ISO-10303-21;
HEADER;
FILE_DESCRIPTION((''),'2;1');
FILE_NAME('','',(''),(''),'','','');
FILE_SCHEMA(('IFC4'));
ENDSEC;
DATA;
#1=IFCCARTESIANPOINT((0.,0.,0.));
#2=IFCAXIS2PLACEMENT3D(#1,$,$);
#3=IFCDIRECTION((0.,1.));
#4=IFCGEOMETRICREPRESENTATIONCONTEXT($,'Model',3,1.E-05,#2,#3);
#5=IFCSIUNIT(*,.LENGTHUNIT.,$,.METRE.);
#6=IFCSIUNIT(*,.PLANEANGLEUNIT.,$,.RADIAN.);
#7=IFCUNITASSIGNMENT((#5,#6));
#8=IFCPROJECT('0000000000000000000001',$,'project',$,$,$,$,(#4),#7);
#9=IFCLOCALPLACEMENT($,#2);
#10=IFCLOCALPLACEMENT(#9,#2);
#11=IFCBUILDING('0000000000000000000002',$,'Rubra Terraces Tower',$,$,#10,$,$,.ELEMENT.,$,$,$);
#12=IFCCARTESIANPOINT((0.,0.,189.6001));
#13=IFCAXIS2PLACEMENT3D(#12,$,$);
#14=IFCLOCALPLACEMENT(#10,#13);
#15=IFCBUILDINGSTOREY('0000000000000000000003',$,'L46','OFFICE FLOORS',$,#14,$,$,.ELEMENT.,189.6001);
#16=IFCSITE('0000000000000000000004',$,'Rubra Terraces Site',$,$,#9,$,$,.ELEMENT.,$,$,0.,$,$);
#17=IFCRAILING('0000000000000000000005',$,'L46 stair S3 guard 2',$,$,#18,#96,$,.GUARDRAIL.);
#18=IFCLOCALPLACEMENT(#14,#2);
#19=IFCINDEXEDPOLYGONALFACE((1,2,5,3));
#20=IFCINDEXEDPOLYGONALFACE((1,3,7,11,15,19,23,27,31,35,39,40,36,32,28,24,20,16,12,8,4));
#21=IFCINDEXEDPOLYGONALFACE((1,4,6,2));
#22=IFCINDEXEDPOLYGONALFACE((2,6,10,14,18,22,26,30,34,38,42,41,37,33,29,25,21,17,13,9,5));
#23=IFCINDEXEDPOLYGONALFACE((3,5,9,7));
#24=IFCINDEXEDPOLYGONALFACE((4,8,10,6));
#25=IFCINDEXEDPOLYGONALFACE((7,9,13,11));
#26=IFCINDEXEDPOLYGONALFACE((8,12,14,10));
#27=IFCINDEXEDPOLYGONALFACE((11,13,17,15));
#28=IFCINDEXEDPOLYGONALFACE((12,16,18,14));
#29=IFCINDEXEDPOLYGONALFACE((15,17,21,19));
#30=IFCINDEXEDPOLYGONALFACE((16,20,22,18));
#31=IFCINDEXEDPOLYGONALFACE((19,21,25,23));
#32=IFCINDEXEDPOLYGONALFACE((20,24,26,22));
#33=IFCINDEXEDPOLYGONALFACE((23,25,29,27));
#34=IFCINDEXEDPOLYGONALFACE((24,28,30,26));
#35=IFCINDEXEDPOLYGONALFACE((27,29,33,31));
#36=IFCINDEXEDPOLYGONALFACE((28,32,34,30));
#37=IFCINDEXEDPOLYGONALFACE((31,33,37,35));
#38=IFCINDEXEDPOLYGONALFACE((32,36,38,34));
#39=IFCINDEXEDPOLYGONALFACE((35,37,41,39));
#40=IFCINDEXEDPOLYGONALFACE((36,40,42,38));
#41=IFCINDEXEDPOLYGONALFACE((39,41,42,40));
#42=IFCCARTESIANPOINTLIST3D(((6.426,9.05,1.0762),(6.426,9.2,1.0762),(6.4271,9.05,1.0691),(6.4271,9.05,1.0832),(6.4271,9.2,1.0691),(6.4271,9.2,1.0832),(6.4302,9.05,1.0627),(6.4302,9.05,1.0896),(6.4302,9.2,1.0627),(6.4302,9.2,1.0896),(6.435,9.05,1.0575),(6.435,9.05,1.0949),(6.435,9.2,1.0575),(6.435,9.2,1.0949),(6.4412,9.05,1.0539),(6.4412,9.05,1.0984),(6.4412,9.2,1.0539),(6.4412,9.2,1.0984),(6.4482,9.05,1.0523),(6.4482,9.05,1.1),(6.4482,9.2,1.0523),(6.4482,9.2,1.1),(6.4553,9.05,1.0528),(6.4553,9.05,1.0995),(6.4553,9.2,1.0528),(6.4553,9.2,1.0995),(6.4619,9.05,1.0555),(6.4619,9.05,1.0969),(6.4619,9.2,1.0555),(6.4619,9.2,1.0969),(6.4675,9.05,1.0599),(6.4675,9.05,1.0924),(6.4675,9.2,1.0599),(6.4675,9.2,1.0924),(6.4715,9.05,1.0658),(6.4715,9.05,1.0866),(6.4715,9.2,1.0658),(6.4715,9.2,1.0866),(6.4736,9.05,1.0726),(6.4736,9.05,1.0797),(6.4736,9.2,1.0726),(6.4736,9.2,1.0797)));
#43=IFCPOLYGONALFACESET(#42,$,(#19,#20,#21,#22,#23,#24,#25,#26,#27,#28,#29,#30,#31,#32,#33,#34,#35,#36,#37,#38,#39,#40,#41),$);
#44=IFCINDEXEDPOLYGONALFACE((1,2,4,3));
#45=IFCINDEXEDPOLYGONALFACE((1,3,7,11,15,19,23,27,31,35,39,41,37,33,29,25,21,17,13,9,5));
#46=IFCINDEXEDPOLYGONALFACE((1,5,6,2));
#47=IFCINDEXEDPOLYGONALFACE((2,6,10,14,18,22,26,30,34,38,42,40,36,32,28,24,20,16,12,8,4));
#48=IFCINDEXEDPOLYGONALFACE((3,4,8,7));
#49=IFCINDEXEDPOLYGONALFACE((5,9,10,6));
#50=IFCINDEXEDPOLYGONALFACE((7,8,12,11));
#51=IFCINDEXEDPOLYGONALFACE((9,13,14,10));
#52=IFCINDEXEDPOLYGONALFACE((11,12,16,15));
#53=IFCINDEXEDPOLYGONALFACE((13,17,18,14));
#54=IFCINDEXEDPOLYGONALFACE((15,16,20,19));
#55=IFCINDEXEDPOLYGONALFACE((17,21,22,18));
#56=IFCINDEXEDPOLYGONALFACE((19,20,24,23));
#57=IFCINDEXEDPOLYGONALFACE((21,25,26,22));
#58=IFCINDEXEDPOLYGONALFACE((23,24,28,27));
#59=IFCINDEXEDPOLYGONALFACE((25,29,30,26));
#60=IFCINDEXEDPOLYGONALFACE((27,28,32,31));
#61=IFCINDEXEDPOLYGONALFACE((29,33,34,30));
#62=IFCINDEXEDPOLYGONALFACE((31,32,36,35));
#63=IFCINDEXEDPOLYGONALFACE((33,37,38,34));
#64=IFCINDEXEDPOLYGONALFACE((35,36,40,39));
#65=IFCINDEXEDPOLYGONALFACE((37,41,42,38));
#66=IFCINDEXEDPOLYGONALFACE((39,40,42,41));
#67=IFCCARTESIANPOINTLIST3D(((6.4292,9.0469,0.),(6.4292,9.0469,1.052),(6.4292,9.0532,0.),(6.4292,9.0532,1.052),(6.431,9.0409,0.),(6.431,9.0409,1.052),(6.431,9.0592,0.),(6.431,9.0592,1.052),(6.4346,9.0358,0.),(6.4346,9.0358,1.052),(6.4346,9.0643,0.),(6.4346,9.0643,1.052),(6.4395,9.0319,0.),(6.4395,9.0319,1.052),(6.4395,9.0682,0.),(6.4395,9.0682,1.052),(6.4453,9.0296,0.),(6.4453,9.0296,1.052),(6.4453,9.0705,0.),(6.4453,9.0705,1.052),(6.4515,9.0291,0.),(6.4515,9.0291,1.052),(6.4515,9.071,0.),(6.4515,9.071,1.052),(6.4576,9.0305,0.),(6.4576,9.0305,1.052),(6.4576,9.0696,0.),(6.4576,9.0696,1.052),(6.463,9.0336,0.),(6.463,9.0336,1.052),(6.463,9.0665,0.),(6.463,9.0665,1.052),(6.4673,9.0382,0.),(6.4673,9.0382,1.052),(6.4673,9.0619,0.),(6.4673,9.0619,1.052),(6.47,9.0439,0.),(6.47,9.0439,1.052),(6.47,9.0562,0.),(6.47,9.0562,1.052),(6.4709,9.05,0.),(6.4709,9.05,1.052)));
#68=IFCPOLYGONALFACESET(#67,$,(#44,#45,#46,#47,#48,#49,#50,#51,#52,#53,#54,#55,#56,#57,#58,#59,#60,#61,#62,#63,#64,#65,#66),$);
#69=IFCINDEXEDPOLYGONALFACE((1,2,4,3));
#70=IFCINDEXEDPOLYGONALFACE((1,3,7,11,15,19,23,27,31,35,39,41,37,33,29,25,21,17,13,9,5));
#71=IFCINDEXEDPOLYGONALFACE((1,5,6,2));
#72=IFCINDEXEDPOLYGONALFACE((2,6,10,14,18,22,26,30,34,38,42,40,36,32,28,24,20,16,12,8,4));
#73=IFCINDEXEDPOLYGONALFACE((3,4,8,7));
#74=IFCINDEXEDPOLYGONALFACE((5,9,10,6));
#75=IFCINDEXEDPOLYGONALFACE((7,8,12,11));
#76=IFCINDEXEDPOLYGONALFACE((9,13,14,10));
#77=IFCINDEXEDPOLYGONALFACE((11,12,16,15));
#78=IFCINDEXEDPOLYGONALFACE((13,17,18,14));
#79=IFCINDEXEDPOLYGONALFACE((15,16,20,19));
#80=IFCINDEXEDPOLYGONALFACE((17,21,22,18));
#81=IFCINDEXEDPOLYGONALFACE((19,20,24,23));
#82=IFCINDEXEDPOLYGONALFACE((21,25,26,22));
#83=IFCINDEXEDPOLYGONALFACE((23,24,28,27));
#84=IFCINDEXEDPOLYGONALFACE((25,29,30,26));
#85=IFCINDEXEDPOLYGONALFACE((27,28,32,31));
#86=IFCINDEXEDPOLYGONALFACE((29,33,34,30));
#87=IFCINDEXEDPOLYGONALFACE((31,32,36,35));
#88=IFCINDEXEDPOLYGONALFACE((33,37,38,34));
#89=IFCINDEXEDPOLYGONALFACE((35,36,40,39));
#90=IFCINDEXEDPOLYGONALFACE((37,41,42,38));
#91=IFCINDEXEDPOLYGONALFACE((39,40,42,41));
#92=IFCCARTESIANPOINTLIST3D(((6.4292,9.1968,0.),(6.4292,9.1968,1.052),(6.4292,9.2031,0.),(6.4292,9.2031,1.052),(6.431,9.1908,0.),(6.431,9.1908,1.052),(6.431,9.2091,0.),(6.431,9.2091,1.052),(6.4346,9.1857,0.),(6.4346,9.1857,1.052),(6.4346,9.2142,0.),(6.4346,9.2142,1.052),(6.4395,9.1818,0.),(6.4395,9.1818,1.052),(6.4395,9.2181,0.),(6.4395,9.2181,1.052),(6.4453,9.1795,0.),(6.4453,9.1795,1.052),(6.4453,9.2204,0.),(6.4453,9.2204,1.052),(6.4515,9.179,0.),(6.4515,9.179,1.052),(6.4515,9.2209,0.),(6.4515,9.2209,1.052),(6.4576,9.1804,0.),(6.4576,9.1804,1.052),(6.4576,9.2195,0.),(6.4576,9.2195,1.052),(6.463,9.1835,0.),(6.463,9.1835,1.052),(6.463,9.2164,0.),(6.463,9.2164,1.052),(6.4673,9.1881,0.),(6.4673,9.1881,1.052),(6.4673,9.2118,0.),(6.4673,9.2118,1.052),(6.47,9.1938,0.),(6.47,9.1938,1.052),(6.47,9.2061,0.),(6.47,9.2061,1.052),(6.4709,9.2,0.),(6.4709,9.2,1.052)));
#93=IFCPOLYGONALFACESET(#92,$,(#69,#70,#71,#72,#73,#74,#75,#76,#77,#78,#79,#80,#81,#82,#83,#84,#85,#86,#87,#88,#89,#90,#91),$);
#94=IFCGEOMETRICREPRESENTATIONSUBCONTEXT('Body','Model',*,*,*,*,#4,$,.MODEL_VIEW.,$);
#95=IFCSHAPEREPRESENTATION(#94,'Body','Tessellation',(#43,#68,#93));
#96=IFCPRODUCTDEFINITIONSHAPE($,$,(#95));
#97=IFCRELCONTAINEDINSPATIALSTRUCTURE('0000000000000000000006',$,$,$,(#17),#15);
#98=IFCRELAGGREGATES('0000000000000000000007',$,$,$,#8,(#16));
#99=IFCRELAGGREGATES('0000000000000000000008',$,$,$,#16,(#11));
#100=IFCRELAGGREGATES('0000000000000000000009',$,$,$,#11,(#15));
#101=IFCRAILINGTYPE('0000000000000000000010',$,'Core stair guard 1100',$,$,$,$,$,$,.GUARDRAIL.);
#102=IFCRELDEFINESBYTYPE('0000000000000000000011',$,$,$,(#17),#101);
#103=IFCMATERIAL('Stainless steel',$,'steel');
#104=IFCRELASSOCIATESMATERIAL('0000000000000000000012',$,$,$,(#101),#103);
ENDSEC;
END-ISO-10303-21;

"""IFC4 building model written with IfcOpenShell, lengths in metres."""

from ifc_helpers import new_model, si_unit, direction, frame, origin, origin_2d, place, context, subcontext, project, spatial, circle, extrude, material, type_object, element, save


model = new_model("IFC4")

# Units and contexts
model_context = context("Model", 3, precision=1e-05, world=origin(), true_north=direction((0.0, 1.0)))
body_context = subcontext(model_context, "Body", "Model", "MODEL_VIEW")
ifc_project = project(units=[si_unit("LENGTHUNIT", "METRE"), si_unit("PLANEANGLEUNIT", "RADIAN")], contexts=[model_context])

# Site, building, storey
site_placement = place(None, origin())
site = spatial("IfcSite", under=ifc_project, at=site_placement, Name="Rubra Terraces Site", CompositionType="ELEMENT", RefElevation=0.0)
building_placement = place(site_placement, origin())
building = spatial("IfcBuilding", under=site, at=building_placement, Name="Rubra Terraces Tower", CompositionType="ELEMENT")
storey_placement = place(building_placement, frame((0.0, 0.0, 189.6001)))
storey = spatial("IfcBuildingStorey", under=building, at=storey_placement, Name="L46", Description="OFFICE FLOORS", CompositionType="ELEMENT", Elevation=189.6001)

# Shared definitions
ifc_material_1 = material(Name="Stainless steel", Category="steel")

# Railing
railing_type_1 = type_object("IfcRailingType", Name="Core stair guard 1100", PredefinedType="GUARDRAIL", material=ifc_material_1)
railing_1_placement = place(storey_placement, frame((6.45, 9.05, 0.0)))
element("IfcRailing", 1, at=railing_1_placement, inside=storey, type_object=railing_type_1, Name="L46 stair S3 guard 2", PredefinedType="GUARDRAIL", context=body_context, shape_type="SweptSolid", body=[
    extrude(circle(Radius=0.0239, at=origin_2d()), frame((0.0, 0.0, 1.0762), z_axis=(0.0, 1.0, 0.0), x_axis=(-1.0, 0.0, 0.0)), (0.0, 0.0, 1.0), 0.1499),
    extrude(circle(Radius=0.021, at=origin_2d()), origin(), (0.0, 0.0, 1.0), 1.052),
    extrude(circle(Radius=0.021, at=origin_2d()), frame((0.0, 0.1499, 0.0)), (0.0, 0.0, 1.0), 1.052),
])

save(model, "model.ifc")
